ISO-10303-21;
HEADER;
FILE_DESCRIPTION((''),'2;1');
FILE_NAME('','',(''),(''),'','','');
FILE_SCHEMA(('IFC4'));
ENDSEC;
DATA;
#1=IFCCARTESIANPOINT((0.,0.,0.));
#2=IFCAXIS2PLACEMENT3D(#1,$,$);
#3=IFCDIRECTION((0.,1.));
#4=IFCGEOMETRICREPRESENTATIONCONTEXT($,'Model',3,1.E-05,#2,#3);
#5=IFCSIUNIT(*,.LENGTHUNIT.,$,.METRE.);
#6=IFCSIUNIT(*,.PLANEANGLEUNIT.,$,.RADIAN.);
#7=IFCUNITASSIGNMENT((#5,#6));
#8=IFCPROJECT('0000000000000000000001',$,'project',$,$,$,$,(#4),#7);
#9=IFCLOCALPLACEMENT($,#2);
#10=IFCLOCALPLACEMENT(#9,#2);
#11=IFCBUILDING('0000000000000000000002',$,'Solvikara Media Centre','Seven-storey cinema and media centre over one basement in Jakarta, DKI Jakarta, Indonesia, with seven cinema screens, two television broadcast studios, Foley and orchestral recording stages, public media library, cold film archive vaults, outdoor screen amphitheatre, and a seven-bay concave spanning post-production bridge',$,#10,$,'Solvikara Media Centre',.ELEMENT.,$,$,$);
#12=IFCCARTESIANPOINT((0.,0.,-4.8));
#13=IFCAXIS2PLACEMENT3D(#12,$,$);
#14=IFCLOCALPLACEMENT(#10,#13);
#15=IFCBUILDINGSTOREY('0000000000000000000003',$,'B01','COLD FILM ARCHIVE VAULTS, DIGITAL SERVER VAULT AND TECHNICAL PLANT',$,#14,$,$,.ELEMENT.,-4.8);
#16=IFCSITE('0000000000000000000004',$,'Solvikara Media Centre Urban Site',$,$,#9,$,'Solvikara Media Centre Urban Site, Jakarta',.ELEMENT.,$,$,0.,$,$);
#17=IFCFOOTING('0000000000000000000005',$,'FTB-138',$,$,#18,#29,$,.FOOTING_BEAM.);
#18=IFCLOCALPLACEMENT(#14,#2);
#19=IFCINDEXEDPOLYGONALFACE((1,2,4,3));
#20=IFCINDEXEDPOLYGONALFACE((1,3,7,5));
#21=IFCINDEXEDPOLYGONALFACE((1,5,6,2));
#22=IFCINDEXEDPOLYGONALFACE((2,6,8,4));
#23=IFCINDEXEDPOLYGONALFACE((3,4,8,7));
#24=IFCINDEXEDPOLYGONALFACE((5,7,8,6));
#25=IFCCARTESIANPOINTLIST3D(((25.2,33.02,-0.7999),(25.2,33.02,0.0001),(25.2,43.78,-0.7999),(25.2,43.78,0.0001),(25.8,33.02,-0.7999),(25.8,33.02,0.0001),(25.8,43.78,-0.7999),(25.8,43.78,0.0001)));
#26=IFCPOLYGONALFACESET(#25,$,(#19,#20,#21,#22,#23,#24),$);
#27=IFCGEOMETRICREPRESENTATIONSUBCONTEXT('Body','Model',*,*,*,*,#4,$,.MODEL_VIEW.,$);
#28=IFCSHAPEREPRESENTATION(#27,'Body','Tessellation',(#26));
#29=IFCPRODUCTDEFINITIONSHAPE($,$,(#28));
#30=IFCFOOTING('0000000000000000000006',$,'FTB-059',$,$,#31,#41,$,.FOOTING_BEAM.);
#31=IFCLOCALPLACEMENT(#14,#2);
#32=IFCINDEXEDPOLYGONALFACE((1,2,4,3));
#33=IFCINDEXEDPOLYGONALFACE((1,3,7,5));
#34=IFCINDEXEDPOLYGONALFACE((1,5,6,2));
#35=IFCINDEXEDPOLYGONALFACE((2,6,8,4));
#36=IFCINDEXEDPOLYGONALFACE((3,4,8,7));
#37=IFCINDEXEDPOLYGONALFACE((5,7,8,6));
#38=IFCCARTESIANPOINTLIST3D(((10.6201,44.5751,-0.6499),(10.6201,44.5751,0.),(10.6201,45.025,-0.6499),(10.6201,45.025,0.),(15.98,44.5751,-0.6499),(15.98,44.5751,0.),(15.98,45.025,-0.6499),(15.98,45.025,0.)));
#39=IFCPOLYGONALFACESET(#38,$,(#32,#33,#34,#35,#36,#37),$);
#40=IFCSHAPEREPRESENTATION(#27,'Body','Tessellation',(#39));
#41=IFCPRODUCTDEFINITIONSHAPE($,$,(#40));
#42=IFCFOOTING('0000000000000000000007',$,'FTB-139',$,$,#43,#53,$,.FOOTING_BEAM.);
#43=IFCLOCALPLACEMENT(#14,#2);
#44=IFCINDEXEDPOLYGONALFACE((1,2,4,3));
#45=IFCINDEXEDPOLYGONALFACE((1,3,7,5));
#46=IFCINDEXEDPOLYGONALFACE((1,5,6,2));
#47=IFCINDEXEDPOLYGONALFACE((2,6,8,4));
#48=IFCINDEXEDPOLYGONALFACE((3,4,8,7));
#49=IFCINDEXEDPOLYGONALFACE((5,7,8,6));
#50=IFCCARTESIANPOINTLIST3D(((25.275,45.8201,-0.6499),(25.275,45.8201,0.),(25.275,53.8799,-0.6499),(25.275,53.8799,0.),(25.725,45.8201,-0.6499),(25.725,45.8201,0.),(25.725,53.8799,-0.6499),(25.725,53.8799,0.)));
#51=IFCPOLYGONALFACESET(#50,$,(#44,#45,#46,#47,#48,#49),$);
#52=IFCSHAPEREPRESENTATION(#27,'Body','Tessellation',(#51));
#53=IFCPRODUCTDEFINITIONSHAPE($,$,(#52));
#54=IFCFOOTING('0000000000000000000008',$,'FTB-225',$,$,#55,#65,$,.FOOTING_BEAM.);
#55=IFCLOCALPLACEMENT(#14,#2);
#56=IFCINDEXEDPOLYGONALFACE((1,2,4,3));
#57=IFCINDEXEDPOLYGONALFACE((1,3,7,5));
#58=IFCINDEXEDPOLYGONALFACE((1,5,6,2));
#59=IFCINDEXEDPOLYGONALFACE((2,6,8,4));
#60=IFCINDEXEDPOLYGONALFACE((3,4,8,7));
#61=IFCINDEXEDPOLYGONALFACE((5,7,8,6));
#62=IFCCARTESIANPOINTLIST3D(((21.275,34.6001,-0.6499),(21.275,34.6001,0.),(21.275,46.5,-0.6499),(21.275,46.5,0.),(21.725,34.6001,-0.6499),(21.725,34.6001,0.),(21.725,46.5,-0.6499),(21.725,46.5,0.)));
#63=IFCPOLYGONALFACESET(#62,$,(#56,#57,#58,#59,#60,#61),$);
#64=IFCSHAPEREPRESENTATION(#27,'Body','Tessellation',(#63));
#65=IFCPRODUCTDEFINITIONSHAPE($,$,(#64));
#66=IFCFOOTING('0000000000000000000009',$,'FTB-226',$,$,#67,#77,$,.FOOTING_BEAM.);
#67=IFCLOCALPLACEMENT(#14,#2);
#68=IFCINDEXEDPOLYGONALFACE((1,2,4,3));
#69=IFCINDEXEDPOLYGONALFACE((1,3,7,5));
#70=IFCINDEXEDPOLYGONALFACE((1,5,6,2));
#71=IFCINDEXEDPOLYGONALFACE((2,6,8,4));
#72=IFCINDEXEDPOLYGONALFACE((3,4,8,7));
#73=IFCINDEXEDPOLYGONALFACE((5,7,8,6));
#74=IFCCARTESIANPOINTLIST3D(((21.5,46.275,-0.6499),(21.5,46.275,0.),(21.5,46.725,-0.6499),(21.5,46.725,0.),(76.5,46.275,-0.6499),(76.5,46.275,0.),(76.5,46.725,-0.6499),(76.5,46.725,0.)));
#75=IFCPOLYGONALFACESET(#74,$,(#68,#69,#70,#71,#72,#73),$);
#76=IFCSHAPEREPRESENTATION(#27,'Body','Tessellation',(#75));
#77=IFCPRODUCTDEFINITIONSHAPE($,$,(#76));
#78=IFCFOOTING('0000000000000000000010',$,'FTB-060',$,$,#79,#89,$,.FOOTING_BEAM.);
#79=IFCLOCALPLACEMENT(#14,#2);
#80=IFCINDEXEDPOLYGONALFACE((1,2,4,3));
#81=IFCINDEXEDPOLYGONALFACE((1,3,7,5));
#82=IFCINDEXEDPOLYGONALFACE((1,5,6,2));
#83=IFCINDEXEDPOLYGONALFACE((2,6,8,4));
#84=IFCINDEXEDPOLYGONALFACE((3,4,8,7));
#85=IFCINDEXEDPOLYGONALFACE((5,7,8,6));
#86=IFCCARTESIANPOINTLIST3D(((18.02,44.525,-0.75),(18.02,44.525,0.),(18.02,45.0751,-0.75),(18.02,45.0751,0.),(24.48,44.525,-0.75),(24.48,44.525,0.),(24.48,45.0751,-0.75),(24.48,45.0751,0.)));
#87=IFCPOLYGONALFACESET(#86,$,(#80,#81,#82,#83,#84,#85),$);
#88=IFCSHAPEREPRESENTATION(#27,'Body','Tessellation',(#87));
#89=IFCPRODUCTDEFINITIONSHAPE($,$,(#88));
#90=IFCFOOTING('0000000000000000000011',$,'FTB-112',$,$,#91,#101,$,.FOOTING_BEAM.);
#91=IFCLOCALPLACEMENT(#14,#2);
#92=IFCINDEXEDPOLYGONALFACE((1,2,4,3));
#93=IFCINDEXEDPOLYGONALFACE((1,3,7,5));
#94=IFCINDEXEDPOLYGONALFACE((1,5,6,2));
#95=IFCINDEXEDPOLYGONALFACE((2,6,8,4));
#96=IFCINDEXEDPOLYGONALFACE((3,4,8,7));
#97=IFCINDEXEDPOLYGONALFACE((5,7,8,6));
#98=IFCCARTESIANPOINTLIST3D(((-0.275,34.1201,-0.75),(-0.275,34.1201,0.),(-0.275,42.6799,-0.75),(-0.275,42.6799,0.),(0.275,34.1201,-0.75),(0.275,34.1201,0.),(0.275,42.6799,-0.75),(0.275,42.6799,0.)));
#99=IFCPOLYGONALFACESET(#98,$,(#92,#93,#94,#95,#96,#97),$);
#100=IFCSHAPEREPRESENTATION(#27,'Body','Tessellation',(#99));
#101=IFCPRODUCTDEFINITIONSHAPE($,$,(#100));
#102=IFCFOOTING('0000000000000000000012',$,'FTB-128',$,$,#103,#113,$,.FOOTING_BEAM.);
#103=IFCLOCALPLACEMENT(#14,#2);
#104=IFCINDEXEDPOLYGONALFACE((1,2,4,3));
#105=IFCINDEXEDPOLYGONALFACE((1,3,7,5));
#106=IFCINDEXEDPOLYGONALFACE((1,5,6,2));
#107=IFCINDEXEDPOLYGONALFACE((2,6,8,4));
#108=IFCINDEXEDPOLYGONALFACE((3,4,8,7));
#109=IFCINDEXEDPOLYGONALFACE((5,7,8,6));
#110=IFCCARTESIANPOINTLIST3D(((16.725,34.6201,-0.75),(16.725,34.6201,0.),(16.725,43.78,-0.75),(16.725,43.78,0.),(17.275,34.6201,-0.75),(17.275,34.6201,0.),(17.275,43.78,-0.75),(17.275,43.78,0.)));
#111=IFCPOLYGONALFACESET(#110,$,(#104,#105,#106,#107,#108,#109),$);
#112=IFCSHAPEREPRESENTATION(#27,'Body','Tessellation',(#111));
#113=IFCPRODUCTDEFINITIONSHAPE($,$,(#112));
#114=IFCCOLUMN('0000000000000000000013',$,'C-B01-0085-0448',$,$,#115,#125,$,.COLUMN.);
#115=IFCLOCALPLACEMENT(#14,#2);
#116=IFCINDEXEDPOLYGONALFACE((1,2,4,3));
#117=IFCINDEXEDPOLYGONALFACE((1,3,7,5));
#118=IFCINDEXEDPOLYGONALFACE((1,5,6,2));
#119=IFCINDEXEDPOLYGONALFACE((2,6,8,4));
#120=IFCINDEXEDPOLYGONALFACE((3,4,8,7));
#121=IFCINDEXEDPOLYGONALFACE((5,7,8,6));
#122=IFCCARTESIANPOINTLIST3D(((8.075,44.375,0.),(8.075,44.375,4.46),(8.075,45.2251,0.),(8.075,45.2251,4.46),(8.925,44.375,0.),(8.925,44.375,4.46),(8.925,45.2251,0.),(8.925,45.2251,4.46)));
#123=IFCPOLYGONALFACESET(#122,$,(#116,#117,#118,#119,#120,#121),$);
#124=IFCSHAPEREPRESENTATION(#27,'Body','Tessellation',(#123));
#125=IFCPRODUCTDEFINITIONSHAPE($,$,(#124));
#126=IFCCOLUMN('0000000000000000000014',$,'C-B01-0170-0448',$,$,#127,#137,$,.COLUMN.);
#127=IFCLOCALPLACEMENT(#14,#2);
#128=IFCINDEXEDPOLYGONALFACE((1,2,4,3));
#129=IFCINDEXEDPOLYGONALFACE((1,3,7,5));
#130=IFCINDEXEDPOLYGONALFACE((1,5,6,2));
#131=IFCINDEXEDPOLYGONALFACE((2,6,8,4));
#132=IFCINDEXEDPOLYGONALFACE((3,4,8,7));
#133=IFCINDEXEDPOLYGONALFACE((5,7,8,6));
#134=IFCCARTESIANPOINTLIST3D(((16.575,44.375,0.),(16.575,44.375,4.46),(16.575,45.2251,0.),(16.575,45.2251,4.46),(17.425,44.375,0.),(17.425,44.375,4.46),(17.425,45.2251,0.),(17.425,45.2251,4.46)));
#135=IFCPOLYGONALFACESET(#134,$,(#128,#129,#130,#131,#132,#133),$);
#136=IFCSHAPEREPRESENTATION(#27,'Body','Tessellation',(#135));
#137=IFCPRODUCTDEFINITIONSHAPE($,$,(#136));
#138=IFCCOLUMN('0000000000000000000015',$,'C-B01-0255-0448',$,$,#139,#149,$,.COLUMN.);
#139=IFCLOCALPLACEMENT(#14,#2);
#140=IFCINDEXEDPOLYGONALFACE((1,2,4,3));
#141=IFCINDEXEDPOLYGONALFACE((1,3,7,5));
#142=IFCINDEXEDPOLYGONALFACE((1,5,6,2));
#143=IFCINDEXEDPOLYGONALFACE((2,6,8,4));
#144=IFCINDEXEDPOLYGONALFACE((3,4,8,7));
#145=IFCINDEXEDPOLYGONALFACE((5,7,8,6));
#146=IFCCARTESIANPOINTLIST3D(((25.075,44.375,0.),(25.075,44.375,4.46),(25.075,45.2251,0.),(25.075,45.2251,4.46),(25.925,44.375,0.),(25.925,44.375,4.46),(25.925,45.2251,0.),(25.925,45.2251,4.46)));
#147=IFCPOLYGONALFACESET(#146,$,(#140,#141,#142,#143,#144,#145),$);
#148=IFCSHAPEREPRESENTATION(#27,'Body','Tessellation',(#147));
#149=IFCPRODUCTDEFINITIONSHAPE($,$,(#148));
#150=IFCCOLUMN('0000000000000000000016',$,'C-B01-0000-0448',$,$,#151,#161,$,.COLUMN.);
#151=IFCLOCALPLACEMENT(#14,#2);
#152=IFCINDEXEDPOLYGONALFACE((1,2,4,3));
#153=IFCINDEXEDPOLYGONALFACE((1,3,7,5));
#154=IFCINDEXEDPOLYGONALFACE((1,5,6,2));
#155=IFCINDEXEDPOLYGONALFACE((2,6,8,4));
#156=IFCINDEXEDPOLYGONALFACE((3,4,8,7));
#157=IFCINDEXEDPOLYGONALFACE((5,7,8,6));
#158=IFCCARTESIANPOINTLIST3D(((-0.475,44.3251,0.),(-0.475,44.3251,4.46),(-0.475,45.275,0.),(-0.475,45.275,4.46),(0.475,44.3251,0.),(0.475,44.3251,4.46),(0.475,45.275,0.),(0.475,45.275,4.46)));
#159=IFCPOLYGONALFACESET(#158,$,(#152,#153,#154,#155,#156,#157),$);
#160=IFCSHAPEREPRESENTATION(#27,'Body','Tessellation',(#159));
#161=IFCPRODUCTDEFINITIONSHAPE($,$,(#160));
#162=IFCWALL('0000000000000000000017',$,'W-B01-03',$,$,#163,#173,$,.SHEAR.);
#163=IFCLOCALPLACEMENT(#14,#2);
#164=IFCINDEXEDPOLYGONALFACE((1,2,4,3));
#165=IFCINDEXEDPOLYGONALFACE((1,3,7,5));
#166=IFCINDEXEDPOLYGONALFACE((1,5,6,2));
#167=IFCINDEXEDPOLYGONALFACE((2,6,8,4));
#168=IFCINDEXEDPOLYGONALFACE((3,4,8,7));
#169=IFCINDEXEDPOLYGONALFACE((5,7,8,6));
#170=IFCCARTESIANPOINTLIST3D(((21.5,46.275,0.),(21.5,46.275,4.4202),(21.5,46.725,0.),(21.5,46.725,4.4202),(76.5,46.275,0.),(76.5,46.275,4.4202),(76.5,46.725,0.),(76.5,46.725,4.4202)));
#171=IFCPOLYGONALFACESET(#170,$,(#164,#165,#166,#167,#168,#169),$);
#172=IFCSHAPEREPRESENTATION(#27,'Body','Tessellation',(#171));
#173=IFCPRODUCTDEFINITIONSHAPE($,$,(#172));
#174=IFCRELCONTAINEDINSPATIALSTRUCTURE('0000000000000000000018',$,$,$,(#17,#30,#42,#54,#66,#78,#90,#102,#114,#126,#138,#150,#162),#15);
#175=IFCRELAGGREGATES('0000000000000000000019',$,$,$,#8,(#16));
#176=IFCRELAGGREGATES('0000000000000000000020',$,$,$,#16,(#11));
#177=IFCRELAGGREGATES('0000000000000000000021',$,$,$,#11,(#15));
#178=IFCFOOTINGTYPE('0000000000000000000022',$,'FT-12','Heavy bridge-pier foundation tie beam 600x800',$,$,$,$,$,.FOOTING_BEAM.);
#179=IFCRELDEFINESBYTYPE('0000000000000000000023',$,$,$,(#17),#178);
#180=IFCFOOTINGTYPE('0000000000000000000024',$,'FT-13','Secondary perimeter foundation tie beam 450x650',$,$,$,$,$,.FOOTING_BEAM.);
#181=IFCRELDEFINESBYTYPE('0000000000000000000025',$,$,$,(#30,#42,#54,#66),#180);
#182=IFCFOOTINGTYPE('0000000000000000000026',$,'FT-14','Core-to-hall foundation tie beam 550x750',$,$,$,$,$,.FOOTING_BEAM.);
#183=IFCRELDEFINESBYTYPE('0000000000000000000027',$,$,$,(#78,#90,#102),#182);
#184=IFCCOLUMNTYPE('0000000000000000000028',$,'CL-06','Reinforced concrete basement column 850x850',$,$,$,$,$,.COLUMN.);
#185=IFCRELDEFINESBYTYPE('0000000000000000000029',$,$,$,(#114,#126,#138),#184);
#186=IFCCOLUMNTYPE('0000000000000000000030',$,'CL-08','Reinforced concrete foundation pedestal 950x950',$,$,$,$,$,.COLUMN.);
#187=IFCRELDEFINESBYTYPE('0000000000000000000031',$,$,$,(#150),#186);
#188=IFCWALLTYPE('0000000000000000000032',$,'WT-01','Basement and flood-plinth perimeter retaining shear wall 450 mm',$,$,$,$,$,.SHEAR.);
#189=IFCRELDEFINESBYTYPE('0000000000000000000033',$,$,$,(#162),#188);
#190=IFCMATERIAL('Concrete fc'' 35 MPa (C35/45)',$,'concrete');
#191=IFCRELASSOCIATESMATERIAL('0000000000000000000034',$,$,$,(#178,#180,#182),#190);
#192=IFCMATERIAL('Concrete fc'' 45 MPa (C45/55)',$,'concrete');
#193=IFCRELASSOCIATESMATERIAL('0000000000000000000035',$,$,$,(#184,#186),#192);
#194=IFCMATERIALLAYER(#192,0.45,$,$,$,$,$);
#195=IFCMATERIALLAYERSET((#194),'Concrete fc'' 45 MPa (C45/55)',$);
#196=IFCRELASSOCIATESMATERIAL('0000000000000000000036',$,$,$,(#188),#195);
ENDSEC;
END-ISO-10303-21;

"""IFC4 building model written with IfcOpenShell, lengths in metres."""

from ifc_helpers import new_model, si_unit, direction, frame, frame_2d, origin, origin_2d, place, context, subcontext, project, spatial, rectangle, extrude, material, layer, layer_set, material_profile, profile_set, type_object, element, save


model = new_model("IFC4")

# Units and contexts
model_context = context("Model", 3, precision=1e-05, world=origin(), true_north=direction((0.0, 1.0)))
body_context = subcontext(model_context, "Body", "Model", "MODEL_VIEW")
ifc_project = project(units=[si_unit("LENGTHUNIT", "METRE"), si_unit("PLANEANGLEUNIT", "RADIAN")], contexts=[model_context])

# Site, building, storey
site_placement = place(None, origin())
site = spatial("IfcSite", under=ifc_project, at=site_placement, Name="Solvikara Media Centre Urban Site", LongName="Solvikara Media Centre Urban Site, Jakarta", CompositionType="ELEMENT", RefElevation=0.0)
building_placement = place(site_placement, origin())
building = spatial("IfcBuilding", under=site, at=building_placement, Name="Solvikara Media Centre", Description="Seven-storey cinema and media centre over one basement in Jakarta, DKI Jakarta, Indonesia, with seven cinema screens, two television broadcast studios, Foley and orchestral recording stages, public media library, cold film archive vaults, outdoor screen amphitheatre, and a seven-bay concave spanning post-production bridge", LongName="Solvikara Media Centre", CompositionType="ELEMENT")
storey_placement = place(building_placement, frame((0.0, 0.0, -4.8)))
storey = spatial("IfcBuildingStorey", under=building, at=storey_placement, Name="B01", Description="COLD FILM ARCHIVE VAULTS, DIGITAL SERVER VAULT AND TECHNICAL PLANT", CompositionType="ELEMENT", Elevation=-4.8)

# Shared definitions
ifc_material_1 = material(Name="Concrete fc' 35 MPa (C35/45)", Category="concrete")

# Footings
ifc_material_profile_1 = material_profile(ifc_material_1, rectangle(XDim=0.6001, YDim=0.8, at=origin_2d()), Name="RC 600x800")
ifc_profile_set_1 = profile_set([ifc_material_profile_1], Name="Concrete fc' 35 MPa (C35/45)")
footing_type_1 = type_object("IfcFootingType", Name="FT-12", Description="Heavy bridge-pier foundation tie beam 600x800", PredefinedType="FOOTING_BEAM", material=ifc_profile_set_1)
footing_1_placement = place(storey_placement, frame((25.5, 33.02, -0.3999), z_axis=(0.0, 1.0, 0.0), x_axis=(-1.0, 0.0, 0.0)))
element("IfcFooting", 1, at=footing_1_placement, inside=storey, type_object=footing_type_1, Name="FTB-138", PredefinedType="FOOTING_BEAM", context=body_context, shape_type="SweptSolid", body=[
    extrude(rectangle(XDim=0.6001, YDim=0.8, at=origin_2d()), origin(), (0.0, 0.0, 1.0), 10.76),
])
ifc_material_profile_2 = material_profile(ifc_material_1, rectangle(XDim=0.45, YDim=0.6499, at=origin_2d()), Name="RC 450x650")
ifc_profile_set_2 = profile_set([ifc_material_profile_2], Name="Concrete fc' 35 MPa (C35/45)")
footing_type_2 = type_object("IfcFootingType", Name="FT-13", Description="Secondary perimeter foundation tie beam 450x650", PredefinedType="FOOTING_BEAM", material=ifc_profile_set_2)
footing_2_placement = place(storey_placement, frame((10.6201, 44.8, -0.325), z_axis=(1.0, 0.0, 0.0), x_axis=(0.0, 1.0, 0.0)))
element("IfcFooting", 2, at=footing_2_placement, inside=storey, type_object=footing_type_2, Name="FTB-059", PredefinedType="FOOTING_BEAM", context=body_context, shape_type="SweptSolid", body=[
    extrude(rectangle(XDim=0.45, YDim=0.6499, at=origin_2d()), origin(), (0.0, 0.0, 1.0), 5.3599),
])
footing_3_placement = place(storey_placement, frame((25.5, 45.8201, -0.325), z_axis=(0.0, 1.0, 0.0), x_axis=(-1.0, 0.0, 0.0)))
element("IfcFooting", 3, at=footing_3_placement, inside=storey, type_object=footing_type_2, Name="FTB-139", PredefinedType="FOOTING_BEAM", context=body_context, shape_type="SweptSolid", body=[
    extrude(rectangle(XDim=0.45, YDim=0.6499, at=origin_2d()), origin(), (0.0, 0.0, 1.0), 8.0598),
])
footing_4_placement = place(storey_placement, frame((21.5, 34.6001, -0.325), z_axis=(0.0, 1.0, 0.0), x_axis=(-1.0, 0.0, 0.0)))
element("IfcFooting", 4, at=footing_4_placement, inside=storey, type_object=footing_type_2, Name="FTB-225", PredefinedType="FOOTING_BEAM", context=body_context, shape_type="SweptSolid", body=[
    extrude(rectangle(XDim=0.45, YDim=0.6499, at=origin_2d()), origin(), (0.0, 0.0, 1.0), 11.8999),
])
footing_5_placement = place(storey_placement, frame((21.5, 46.5, -0.325), z_axis=(1.0, 0.0, 0.0), x_axis=(0.0, 1.0, 0.0)))
element("IfcFooting", 5, at=footing_5_placement, inside=storey, type_object=footing_type_2, Name="FTB-226", PredefinedType="FOOTING_BEAM", context=body_context, shape_type="SweptSolid", body=[
    extrude(rectangle(XDim=0.45, YDim=0.6499, at=origin_2d()), origin(), (0.0, 0.0, 1.0), 55.0),
])
ifc_material_profile_3 = material_profile(ifc_material_1, rectangle(XDim=0.55, YDim=0.75, at=origin_2d()), Name="RC 550x750")
ifc_profile_set_3 = profile_set([ifc_material_profile_3], Name="Concrete fc' 35 MPa (C35/45)")
footing_type_3 = type_object("IfcFootingType", Name="FT-14", Description="Core-to-hall foundation tie beam 550x750", PredefinedType="FOOTING_BEAM", material=ifc_profile_set_3)
footing_6_placement = place(storey_placement, frame((18.02, 44.8, -0.375), z_axis=(1.0, 0.0, 0.0), x_axis=(0.0, 1.0, 0.0)))
element("IfcFooting", 6, at=footing_6_placement, inside=storey, type_object=footing_type_3, Name="FTB-060", PredefinedType="FOOTING_BEAM", context=body_context, shape_type="SweptSolid", body=[
    extrude(rectangle(XDim=0.55, YDim=0.75, at=origin_2d()), origin(), (0.0, 0.0, 1.0), 6.46),
])
footing_7_placement = place(storey_placement, frame((0.0, 34.1201, -0.375), z_axis=(0.0, 1.0, 0.0), x_axis=(-1.0, 0.0, 0.0)))
element("IfcFooting", 7, at=footing_7_placement, inside=storey, type_object=footing_type_3, Name="FTB-112", PredefinedType="FOOTING_BEAM", context=body_context, shape_type="SweptSolid", body=[
    extrude(rectangle(XDim=0.55, YDim=0.75, at=origin_2d()), origin(), (0.0, 0.0, 1.0), 8.5598),
])
footing_8_placement = place(storey_placement, frame((17.0, 34.6201, -0.375), z_axis=(0.0, 1.0, 0.0), x_axis=(-1.0, 0.0, 0.0)))
element("IfcFooting", 8, at=footing_8_placement, inside=storey, type_object=footing_type_3, Name="FTB-128", PredefinedType="FOOTING_BEAM", context=body_context, shape_type="SweptSolid", body=[
    extrude(rectangle(XDim=0.55, YDim=0.75, at=origin_2d()), origin(), (0.0, 0.0, 1.0), 9.1599),
])

# Columns
ifc_material_2 = material(Name="Concrete fc' 45 MPa (C45/55)", Category="concrete")
ifc_material_profile_4 = material_profile(ifc_material_2, rectangle(XDim=0.8501, YDim=0.8501, at=origin_2d()), Name="RC 850x850")
ifc_profile_set_4 = profile_set([ifc_material_profile_4], Name="Concrete fc' 45 MPa (C45/55)")
column_type_1 = type_object("IfcColumnType", Name="CL-06", Description="Reinforced concrete basement column 850x850", PredefinedType="COLUMN", material=ifc_profile_set_4)
for number, where, z_axis, x_axis, name in (
    (9, (8.5, 44.8, 0.0), (0.0, 0.0, 1.0), (1.0, 0.0, 0.0), "C-B01-0085-0448"),
    (10, (17.0, 44.8, 0.0), (0.0, 0.0, 1.0), (1.0, 0.0, 0.0), "C-B01-0170-0448"),
    (11, (25.5, 44.8, 0.0), (0.0, 0.0, 1.0), (1.0, 0.0, 0.0), "C-B01-0255-0448"),
):
    element("IfcColumn", number, at=place(storey_placement, frame(where, z_axis=z_axis, x_axis=x_axis)), inside=storey, type_object=column_type_1, Name=name, PredefinedType="COLUMN", context=body_context, shape_type="SweptSolid", body=[
        extrude(rectangle(XDim=0.8501, YDim=0.8501, at=origin_2d()), origin(), (0.0, 0.0, 1.0), 4.46),
    ])
ifc_material_profile_5 = material_profile(ifc_material_2, rectangle(XDim=0.95, YDim=0.95, at=origin_2d()), Name="RC 950x950")
ifc_profile_set_5 = profile_set([ifc_material_profile_5], Name="Concrete fc' 45 MPa (C45/55)")
column_type_2 = type_object("IfcColumnType", Name="CL-08", Description="Reinforced concrete foundation pedestal 950x950", PredefinedType="COLUMN", material=ifc_profile_set_5)
column_placement = place(storey_placement, frame((0.0, 44.8, 0.0), z_axis=(0.0, 0.0, 1.0), x_axis=(1.0, 0.0, 0.0)))
element("IfcColumn", 12, at=column_placement, inside=storey, type_object=column_type_2, Name="C-B01-0000-0448", PredefinedType="COLUMN", context=body_context, shape_type="SweptSolid", body=[
    extrude(rectangle(XDim=0.95, YDim=0.95, at=origin_2d()), origin(), (0.0, 0.0, 1.0), 4.46),
])

# Wall
ifc_layer = layer(ifc_material_2, 0.45)
ifc_layer_set = layer_set([ifc_layer], Name="Concrete fc' 45 MPa (C45/55)")
wall_type = type_object("IfcWallType", Name="WT-01", Description="Basement and flood-plinth perimeter retaining shear wall 450 mm", PredefinedType="SHEAR", material=ifc_layer_set)
wall_placement = place(storey_placement, frame((21.5, 46.5, 0.0), z_axis=(0.0, 0.0, 1.0), x_axis=(1.0, 0.0, 0.0)))
element("IfcWall", 13, at=wall_placement, inside=storey, type_object=wall_type, Name="W-B01-03", PredefinedType="SHEAR", context=body_context, shape_type="SweptSolid", body=[
    extrude(rectangle(XDim=55.0, YDim=0.45, at=frame_2d((27.5, 0.0))), origin(), (0.0, 0.0, 1.0), 4.4202),
])

save(model, "model.ifc")
